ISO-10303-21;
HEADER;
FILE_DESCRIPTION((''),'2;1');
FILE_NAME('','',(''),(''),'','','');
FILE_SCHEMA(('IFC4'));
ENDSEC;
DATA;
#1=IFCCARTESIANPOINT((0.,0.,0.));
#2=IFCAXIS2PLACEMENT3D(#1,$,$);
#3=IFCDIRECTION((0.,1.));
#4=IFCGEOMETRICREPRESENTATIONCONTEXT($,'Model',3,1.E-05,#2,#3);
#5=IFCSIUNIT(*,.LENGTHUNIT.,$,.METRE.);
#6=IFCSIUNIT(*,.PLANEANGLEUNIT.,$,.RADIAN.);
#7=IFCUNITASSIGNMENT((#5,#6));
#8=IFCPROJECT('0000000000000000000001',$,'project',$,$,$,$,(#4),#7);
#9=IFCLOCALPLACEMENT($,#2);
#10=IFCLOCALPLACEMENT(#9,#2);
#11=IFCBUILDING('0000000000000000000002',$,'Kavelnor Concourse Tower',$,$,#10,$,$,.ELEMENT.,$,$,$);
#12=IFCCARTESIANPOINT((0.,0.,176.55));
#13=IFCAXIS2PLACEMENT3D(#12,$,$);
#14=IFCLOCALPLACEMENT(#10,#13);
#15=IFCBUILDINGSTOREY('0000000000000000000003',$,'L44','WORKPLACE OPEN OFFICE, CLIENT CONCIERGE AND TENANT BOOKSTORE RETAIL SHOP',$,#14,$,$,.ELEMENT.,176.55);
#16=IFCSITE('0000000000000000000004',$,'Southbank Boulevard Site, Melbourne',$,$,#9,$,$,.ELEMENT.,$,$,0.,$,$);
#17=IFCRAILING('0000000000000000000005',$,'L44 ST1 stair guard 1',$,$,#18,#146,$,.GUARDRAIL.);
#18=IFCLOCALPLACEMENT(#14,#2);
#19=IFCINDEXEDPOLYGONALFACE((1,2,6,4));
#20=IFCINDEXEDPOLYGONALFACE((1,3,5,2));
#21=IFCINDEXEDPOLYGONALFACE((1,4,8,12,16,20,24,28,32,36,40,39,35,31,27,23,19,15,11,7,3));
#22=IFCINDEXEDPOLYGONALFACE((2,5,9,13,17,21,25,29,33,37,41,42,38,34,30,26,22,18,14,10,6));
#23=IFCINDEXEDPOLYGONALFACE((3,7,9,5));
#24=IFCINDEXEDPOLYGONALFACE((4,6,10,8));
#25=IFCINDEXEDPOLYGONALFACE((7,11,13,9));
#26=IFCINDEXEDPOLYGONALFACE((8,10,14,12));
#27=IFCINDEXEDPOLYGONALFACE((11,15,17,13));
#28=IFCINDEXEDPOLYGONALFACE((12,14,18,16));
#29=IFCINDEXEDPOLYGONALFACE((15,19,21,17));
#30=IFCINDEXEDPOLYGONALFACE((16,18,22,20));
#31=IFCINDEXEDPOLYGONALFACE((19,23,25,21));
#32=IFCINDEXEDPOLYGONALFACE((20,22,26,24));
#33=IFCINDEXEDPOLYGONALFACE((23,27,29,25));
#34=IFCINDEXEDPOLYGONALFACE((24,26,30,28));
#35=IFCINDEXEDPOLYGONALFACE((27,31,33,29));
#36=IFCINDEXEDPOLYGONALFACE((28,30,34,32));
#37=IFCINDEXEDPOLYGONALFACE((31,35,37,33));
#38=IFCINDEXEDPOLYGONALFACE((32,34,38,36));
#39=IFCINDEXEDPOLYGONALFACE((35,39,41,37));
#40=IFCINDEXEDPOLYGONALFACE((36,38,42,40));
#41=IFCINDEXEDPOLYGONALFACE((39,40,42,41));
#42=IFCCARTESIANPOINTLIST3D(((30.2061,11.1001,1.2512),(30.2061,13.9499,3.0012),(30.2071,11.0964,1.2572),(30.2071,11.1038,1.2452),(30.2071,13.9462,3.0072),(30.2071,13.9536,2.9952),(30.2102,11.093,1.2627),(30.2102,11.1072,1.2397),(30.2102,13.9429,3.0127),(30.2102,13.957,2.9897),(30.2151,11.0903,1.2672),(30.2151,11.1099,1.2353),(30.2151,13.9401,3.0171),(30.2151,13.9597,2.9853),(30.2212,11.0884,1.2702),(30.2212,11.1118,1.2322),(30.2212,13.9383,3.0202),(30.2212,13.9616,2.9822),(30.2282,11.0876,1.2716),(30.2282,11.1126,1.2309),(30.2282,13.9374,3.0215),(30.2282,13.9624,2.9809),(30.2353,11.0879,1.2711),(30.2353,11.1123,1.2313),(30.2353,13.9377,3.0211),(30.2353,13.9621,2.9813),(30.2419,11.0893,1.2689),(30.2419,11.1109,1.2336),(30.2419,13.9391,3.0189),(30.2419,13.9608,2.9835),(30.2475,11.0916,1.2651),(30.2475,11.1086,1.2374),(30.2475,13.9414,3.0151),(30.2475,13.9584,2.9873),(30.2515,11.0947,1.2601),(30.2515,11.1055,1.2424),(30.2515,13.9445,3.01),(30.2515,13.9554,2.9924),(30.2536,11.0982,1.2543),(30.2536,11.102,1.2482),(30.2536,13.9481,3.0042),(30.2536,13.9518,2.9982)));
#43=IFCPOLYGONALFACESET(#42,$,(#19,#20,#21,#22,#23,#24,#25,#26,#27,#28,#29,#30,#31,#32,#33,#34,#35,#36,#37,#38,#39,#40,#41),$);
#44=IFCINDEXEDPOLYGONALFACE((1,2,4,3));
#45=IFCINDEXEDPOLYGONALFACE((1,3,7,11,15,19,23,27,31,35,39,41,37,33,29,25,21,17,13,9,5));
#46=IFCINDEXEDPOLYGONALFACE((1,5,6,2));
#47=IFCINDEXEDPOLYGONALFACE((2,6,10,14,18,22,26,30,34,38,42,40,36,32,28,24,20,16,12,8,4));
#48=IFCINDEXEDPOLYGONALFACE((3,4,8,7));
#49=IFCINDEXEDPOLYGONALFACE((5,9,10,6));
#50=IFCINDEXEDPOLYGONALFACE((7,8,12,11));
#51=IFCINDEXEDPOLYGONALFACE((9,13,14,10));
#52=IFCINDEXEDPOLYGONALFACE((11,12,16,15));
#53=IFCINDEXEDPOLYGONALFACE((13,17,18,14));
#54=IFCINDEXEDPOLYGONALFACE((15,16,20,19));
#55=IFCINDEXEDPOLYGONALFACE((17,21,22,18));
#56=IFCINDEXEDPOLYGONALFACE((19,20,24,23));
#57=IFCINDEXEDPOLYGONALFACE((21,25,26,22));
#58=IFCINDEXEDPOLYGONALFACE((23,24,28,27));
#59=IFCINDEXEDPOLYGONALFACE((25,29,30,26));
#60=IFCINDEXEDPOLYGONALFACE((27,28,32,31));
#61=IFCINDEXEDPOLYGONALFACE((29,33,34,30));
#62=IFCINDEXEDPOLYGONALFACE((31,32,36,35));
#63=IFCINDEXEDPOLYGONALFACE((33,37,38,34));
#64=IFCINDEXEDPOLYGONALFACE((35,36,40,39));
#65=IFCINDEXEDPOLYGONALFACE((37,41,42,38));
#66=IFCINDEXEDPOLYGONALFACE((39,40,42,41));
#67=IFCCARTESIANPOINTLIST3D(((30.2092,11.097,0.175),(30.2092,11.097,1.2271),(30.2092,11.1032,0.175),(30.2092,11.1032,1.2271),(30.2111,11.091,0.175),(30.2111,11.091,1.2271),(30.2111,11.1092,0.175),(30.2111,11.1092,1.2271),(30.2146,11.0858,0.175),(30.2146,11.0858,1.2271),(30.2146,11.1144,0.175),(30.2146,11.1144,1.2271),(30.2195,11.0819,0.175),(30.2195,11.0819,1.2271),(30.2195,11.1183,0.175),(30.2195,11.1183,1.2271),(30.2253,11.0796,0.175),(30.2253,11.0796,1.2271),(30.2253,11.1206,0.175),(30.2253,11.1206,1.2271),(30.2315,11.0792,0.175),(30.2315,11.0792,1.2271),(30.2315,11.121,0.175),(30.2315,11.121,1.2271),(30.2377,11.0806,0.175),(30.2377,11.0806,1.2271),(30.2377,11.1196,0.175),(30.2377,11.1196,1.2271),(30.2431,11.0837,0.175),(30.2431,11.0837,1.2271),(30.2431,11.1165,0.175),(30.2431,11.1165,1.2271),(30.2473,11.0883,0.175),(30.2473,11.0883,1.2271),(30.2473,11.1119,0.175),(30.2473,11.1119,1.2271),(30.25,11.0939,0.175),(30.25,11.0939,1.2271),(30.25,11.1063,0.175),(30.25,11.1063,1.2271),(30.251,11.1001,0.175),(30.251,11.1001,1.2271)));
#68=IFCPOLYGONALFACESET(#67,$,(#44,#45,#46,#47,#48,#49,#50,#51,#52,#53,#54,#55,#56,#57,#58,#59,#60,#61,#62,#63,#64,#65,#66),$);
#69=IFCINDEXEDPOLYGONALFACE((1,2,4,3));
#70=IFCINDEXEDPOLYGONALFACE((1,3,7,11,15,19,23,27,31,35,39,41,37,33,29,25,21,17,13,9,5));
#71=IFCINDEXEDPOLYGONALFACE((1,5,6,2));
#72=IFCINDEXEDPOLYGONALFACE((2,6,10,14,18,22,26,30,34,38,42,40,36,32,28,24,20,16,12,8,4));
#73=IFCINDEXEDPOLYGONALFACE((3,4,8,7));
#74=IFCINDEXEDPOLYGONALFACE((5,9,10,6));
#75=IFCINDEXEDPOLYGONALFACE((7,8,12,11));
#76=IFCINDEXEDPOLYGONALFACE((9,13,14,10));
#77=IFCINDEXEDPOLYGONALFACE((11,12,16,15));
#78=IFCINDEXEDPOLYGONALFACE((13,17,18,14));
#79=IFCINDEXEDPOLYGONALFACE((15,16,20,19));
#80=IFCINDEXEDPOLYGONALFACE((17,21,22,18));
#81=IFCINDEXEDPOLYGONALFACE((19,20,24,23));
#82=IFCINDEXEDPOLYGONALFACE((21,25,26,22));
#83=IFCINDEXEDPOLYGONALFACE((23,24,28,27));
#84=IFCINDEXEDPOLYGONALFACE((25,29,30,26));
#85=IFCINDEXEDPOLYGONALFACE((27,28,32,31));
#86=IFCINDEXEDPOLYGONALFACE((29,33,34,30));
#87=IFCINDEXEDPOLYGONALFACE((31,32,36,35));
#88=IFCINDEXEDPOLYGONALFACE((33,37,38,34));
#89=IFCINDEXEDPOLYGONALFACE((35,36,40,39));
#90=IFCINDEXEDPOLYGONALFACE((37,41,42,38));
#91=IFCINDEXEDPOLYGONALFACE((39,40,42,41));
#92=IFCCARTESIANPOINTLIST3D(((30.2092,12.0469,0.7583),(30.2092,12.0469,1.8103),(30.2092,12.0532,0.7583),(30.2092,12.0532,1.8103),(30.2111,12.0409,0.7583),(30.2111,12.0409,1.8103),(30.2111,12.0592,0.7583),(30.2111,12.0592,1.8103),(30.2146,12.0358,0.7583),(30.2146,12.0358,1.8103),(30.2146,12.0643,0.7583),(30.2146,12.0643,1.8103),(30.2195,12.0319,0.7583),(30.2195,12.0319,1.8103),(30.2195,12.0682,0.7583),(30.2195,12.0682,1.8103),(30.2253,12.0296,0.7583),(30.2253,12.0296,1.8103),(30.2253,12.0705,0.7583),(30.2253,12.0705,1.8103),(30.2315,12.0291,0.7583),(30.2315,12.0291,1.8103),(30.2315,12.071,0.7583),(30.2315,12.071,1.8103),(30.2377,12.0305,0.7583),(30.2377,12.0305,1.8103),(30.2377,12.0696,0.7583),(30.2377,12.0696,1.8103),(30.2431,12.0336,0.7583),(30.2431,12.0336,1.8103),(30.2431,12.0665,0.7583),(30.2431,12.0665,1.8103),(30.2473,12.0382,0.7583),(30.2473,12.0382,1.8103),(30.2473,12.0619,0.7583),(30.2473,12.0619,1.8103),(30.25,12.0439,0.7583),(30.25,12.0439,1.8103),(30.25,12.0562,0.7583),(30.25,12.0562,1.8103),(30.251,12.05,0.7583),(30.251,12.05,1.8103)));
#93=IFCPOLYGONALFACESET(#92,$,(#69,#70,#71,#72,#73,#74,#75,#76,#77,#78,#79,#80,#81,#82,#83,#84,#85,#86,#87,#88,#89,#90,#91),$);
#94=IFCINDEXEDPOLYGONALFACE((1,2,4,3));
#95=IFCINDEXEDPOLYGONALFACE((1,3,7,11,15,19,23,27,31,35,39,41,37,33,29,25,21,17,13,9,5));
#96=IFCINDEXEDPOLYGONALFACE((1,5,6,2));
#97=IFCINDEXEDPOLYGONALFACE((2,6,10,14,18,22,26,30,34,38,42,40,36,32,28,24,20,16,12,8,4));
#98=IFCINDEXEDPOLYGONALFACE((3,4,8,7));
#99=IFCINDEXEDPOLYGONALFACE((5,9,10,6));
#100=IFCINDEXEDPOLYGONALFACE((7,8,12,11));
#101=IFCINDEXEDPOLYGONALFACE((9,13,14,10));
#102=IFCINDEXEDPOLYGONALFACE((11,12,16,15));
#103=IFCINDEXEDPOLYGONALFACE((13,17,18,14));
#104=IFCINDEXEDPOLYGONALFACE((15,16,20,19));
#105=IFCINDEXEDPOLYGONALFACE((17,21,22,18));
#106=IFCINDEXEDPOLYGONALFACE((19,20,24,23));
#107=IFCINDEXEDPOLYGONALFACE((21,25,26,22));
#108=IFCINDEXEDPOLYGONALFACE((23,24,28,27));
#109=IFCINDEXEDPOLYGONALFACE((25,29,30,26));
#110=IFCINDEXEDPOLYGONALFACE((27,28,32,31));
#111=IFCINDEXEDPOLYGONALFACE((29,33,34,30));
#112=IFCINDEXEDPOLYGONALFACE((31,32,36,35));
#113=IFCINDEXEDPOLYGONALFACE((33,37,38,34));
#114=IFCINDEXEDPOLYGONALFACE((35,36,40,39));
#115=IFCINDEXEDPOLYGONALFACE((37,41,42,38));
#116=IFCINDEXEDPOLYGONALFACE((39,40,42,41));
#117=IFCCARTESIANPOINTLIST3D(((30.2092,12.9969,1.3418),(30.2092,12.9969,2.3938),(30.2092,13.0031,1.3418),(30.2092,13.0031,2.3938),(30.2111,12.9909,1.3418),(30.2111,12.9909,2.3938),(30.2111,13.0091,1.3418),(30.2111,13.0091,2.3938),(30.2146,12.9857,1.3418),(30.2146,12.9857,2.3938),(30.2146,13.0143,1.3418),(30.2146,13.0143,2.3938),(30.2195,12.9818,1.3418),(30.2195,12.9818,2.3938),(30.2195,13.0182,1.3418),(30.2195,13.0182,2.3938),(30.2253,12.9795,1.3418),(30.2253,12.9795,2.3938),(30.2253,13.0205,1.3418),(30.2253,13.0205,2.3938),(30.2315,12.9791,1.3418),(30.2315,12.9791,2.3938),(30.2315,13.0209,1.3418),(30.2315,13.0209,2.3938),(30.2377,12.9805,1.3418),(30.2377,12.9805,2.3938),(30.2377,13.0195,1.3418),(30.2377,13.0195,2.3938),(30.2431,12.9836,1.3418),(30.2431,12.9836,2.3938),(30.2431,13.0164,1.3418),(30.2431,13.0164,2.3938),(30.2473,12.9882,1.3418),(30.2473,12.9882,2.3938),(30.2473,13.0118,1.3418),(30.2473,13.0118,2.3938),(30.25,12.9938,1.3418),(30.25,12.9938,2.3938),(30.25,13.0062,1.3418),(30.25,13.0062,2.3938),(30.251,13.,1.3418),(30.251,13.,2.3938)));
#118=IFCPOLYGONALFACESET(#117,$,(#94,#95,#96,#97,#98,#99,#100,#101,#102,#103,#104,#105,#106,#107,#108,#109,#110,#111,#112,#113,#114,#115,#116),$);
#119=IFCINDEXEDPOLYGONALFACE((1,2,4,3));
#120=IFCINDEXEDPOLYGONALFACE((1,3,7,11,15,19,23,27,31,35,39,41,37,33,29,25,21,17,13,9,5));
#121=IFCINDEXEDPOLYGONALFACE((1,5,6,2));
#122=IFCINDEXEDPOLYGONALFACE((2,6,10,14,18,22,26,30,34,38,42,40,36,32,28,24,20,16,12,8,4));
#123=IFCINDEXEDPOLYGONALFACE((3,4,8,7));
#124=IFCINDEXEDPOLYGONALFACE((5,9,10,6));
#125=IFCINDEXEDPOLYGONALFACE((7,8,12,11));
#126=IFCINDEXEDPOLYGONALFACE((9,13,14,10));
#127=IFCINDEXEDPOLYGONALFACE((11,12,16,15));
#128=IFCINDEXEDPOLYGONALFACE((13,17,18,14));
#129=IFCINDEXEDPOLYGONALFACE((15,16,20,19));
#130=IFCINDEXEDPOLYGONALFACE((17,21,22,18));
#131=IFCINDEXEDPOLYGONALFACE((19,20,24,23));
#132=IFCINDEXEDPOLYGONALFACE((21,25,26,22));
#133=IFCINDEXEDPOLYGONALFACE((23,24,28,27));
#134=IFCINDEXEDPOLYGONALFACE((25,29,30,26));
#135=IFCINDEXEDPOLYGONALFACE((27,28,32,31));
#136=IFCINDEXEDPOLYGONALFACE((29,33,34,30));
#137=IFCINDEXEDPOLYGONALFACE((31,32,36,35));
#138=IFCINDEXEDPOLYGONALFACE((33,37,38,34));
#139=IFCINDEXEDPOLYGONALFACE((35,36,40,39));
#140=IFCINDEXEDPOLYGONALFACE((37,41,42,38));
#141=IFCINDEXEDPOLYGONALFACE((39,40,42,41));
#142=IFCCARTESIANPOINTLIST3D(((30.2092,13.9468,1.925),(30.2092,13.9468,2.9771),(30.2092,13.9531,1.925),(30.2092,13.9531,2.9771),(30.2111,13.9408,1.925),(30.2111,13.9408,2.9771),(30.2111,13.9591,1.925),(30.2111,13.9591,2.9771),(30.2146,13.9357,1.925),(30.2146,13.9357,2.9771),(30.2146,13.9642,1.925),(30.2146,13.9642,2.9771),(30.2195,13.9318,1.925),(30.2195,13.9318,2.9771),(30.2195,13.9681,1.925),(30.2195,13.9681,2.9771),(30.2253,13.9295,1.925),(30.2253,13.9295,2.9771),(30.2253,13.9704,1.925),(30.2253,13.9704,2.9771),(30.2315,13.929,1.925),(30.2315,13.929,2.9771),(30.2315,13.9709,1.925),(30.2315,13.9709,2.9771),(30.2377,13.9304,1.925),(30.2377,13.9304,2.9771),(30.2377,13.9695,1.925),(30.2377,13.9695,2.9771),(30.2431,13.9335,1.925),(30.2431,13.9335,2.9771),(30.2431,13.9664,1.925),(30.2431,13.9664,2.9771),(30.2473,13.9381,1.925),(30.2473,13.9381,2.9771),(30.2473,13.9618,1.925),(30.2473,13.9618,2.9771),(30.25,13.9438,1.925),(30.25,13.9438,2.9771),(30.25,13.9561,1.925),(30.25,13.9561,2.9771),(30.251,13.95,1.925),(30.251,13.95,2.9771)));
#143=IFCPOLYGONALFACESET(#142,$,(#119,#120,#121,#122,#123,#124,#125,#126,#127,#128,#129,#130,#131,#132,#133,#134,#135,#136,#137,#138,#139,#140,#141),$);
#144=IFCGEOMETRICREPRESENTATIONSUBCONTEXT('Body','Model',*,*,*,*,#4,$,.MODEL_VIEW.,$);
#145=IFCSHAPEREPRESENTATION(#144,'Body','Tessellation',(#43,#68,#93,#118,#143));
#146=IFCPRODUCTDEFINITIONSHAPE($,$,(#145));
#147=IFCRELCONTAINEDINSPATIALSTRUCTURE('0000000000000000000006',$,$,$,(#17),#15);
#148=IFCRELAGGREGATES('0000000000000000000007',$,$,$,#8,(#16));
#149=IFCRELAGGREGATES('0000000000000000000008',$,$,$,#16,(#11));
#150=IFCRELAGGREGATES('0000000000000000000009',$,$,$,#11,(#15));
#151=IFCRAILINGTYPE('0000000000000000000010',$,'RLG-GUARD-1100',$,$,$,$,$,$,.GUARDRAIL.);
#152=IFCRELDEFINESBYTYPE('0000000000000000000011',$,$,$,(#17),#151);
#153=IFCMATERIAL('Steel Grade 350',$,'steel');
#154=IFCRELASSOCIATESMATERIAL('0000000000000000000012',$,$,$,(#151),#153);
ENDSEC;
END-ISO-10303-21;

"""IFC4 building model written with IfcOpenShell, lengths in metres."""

from ifc_helpers import new_model, si_unit, direction, frame, origin, origin_2d, place, context, subcontext, project, spatial, circle, extrude, material, type_object, element, save


model = new_model("IFC4")

# Units and contexts
model_context = context("Model", 3, precision=1e-05, world=origin(), true_north=direction((0.0, 1.0)))
body_context = subcontext(model_context, "Body", "Model", "MODEL_VIEW")
ifc_project = project(units=[si_unit("LENGTHUNIT", "METRE"), si_unit("PLANEANGLEUNIT", "RADIAN")], contexts=[model_context])

# Site, building, storey
site_placement = place(None, origin())
site = spatial("IfcSite", under=ifc_project, at=site_placement, Name="Southbank Boulevard Site, Melbourne", CompositionType="ELEMENT", RefElevation=0.0)
building_placement = place(site_placement, origin())
building = spatial("IfcBuilding", under=site, at=building_placement, Name="Kavelnor Concourse Tower", CompositionType="ELEMENT")
storey_placement = place(building_placement, frame((0.0, 0.0, 176.55)))
storey = spatial("IfcBuildingStorey", under=building, at=storey_placement, Name="L44", Description="WORKPLACE OPEN OFFICE, CLIENT CONCIERGE AND TENANT BOOKSTORE RETAIL SHOP", CompositionType="ELEMENT", Elevation=176.55)

# Shared definitions
ifc_material_1 = material(Name="Steel Grade 350", Category="steel")

# Railing
railing_type_1 = type_object("IfcRailingType", Name="RLG-GUARD-1100", PredefinedType="GUARDRAIL", material=ifc_material_1)
railing_1_placement = place(storey_placement, frame((30.23, 11.1001, 0.175)))
element("IfcRailing", 1, at=railing_1_placement, inside=storey, type_object=railing_type_1, Name="L44 ST1 stair guard 1", PredefinedType="GUARDRAIL", context=body_context, shape_type="SweptSolid", body=[
    extrude(circle(Radius=0.0239, at=origin_2d()), frame((0.0, 0.0, 1.0762), z_axis=(0.0, 0.852159, 0.523283), x_axis=(-1.0, 0.0, 0.0)), (0.0, 0.0, 1.0), 3.3442),
    extrude(circle(Radius=0.021, at=origin_2d()), origin(), (0.0, 0.0, 1.0), 1.052),
    extrude(circle(Radius=0.021, at=origin_2d()), frame((0.0, 0.95, 0.5833)), (0.0, 0.0, 1.0), 1.052),
    extrude(circle(Radius=0.021, at=origin_2d()), frame((0.0, 1.8999, 1.1667)), (0.0, 0.0, 1.0), 1.052),
    extrude(circle(Radius=0.021, at=origin_2d()), frame((0.0, 2.8499, 1.75)), (0.0, 0.0, 1.0), 1.052),
])

save(model, "model.ifc")
